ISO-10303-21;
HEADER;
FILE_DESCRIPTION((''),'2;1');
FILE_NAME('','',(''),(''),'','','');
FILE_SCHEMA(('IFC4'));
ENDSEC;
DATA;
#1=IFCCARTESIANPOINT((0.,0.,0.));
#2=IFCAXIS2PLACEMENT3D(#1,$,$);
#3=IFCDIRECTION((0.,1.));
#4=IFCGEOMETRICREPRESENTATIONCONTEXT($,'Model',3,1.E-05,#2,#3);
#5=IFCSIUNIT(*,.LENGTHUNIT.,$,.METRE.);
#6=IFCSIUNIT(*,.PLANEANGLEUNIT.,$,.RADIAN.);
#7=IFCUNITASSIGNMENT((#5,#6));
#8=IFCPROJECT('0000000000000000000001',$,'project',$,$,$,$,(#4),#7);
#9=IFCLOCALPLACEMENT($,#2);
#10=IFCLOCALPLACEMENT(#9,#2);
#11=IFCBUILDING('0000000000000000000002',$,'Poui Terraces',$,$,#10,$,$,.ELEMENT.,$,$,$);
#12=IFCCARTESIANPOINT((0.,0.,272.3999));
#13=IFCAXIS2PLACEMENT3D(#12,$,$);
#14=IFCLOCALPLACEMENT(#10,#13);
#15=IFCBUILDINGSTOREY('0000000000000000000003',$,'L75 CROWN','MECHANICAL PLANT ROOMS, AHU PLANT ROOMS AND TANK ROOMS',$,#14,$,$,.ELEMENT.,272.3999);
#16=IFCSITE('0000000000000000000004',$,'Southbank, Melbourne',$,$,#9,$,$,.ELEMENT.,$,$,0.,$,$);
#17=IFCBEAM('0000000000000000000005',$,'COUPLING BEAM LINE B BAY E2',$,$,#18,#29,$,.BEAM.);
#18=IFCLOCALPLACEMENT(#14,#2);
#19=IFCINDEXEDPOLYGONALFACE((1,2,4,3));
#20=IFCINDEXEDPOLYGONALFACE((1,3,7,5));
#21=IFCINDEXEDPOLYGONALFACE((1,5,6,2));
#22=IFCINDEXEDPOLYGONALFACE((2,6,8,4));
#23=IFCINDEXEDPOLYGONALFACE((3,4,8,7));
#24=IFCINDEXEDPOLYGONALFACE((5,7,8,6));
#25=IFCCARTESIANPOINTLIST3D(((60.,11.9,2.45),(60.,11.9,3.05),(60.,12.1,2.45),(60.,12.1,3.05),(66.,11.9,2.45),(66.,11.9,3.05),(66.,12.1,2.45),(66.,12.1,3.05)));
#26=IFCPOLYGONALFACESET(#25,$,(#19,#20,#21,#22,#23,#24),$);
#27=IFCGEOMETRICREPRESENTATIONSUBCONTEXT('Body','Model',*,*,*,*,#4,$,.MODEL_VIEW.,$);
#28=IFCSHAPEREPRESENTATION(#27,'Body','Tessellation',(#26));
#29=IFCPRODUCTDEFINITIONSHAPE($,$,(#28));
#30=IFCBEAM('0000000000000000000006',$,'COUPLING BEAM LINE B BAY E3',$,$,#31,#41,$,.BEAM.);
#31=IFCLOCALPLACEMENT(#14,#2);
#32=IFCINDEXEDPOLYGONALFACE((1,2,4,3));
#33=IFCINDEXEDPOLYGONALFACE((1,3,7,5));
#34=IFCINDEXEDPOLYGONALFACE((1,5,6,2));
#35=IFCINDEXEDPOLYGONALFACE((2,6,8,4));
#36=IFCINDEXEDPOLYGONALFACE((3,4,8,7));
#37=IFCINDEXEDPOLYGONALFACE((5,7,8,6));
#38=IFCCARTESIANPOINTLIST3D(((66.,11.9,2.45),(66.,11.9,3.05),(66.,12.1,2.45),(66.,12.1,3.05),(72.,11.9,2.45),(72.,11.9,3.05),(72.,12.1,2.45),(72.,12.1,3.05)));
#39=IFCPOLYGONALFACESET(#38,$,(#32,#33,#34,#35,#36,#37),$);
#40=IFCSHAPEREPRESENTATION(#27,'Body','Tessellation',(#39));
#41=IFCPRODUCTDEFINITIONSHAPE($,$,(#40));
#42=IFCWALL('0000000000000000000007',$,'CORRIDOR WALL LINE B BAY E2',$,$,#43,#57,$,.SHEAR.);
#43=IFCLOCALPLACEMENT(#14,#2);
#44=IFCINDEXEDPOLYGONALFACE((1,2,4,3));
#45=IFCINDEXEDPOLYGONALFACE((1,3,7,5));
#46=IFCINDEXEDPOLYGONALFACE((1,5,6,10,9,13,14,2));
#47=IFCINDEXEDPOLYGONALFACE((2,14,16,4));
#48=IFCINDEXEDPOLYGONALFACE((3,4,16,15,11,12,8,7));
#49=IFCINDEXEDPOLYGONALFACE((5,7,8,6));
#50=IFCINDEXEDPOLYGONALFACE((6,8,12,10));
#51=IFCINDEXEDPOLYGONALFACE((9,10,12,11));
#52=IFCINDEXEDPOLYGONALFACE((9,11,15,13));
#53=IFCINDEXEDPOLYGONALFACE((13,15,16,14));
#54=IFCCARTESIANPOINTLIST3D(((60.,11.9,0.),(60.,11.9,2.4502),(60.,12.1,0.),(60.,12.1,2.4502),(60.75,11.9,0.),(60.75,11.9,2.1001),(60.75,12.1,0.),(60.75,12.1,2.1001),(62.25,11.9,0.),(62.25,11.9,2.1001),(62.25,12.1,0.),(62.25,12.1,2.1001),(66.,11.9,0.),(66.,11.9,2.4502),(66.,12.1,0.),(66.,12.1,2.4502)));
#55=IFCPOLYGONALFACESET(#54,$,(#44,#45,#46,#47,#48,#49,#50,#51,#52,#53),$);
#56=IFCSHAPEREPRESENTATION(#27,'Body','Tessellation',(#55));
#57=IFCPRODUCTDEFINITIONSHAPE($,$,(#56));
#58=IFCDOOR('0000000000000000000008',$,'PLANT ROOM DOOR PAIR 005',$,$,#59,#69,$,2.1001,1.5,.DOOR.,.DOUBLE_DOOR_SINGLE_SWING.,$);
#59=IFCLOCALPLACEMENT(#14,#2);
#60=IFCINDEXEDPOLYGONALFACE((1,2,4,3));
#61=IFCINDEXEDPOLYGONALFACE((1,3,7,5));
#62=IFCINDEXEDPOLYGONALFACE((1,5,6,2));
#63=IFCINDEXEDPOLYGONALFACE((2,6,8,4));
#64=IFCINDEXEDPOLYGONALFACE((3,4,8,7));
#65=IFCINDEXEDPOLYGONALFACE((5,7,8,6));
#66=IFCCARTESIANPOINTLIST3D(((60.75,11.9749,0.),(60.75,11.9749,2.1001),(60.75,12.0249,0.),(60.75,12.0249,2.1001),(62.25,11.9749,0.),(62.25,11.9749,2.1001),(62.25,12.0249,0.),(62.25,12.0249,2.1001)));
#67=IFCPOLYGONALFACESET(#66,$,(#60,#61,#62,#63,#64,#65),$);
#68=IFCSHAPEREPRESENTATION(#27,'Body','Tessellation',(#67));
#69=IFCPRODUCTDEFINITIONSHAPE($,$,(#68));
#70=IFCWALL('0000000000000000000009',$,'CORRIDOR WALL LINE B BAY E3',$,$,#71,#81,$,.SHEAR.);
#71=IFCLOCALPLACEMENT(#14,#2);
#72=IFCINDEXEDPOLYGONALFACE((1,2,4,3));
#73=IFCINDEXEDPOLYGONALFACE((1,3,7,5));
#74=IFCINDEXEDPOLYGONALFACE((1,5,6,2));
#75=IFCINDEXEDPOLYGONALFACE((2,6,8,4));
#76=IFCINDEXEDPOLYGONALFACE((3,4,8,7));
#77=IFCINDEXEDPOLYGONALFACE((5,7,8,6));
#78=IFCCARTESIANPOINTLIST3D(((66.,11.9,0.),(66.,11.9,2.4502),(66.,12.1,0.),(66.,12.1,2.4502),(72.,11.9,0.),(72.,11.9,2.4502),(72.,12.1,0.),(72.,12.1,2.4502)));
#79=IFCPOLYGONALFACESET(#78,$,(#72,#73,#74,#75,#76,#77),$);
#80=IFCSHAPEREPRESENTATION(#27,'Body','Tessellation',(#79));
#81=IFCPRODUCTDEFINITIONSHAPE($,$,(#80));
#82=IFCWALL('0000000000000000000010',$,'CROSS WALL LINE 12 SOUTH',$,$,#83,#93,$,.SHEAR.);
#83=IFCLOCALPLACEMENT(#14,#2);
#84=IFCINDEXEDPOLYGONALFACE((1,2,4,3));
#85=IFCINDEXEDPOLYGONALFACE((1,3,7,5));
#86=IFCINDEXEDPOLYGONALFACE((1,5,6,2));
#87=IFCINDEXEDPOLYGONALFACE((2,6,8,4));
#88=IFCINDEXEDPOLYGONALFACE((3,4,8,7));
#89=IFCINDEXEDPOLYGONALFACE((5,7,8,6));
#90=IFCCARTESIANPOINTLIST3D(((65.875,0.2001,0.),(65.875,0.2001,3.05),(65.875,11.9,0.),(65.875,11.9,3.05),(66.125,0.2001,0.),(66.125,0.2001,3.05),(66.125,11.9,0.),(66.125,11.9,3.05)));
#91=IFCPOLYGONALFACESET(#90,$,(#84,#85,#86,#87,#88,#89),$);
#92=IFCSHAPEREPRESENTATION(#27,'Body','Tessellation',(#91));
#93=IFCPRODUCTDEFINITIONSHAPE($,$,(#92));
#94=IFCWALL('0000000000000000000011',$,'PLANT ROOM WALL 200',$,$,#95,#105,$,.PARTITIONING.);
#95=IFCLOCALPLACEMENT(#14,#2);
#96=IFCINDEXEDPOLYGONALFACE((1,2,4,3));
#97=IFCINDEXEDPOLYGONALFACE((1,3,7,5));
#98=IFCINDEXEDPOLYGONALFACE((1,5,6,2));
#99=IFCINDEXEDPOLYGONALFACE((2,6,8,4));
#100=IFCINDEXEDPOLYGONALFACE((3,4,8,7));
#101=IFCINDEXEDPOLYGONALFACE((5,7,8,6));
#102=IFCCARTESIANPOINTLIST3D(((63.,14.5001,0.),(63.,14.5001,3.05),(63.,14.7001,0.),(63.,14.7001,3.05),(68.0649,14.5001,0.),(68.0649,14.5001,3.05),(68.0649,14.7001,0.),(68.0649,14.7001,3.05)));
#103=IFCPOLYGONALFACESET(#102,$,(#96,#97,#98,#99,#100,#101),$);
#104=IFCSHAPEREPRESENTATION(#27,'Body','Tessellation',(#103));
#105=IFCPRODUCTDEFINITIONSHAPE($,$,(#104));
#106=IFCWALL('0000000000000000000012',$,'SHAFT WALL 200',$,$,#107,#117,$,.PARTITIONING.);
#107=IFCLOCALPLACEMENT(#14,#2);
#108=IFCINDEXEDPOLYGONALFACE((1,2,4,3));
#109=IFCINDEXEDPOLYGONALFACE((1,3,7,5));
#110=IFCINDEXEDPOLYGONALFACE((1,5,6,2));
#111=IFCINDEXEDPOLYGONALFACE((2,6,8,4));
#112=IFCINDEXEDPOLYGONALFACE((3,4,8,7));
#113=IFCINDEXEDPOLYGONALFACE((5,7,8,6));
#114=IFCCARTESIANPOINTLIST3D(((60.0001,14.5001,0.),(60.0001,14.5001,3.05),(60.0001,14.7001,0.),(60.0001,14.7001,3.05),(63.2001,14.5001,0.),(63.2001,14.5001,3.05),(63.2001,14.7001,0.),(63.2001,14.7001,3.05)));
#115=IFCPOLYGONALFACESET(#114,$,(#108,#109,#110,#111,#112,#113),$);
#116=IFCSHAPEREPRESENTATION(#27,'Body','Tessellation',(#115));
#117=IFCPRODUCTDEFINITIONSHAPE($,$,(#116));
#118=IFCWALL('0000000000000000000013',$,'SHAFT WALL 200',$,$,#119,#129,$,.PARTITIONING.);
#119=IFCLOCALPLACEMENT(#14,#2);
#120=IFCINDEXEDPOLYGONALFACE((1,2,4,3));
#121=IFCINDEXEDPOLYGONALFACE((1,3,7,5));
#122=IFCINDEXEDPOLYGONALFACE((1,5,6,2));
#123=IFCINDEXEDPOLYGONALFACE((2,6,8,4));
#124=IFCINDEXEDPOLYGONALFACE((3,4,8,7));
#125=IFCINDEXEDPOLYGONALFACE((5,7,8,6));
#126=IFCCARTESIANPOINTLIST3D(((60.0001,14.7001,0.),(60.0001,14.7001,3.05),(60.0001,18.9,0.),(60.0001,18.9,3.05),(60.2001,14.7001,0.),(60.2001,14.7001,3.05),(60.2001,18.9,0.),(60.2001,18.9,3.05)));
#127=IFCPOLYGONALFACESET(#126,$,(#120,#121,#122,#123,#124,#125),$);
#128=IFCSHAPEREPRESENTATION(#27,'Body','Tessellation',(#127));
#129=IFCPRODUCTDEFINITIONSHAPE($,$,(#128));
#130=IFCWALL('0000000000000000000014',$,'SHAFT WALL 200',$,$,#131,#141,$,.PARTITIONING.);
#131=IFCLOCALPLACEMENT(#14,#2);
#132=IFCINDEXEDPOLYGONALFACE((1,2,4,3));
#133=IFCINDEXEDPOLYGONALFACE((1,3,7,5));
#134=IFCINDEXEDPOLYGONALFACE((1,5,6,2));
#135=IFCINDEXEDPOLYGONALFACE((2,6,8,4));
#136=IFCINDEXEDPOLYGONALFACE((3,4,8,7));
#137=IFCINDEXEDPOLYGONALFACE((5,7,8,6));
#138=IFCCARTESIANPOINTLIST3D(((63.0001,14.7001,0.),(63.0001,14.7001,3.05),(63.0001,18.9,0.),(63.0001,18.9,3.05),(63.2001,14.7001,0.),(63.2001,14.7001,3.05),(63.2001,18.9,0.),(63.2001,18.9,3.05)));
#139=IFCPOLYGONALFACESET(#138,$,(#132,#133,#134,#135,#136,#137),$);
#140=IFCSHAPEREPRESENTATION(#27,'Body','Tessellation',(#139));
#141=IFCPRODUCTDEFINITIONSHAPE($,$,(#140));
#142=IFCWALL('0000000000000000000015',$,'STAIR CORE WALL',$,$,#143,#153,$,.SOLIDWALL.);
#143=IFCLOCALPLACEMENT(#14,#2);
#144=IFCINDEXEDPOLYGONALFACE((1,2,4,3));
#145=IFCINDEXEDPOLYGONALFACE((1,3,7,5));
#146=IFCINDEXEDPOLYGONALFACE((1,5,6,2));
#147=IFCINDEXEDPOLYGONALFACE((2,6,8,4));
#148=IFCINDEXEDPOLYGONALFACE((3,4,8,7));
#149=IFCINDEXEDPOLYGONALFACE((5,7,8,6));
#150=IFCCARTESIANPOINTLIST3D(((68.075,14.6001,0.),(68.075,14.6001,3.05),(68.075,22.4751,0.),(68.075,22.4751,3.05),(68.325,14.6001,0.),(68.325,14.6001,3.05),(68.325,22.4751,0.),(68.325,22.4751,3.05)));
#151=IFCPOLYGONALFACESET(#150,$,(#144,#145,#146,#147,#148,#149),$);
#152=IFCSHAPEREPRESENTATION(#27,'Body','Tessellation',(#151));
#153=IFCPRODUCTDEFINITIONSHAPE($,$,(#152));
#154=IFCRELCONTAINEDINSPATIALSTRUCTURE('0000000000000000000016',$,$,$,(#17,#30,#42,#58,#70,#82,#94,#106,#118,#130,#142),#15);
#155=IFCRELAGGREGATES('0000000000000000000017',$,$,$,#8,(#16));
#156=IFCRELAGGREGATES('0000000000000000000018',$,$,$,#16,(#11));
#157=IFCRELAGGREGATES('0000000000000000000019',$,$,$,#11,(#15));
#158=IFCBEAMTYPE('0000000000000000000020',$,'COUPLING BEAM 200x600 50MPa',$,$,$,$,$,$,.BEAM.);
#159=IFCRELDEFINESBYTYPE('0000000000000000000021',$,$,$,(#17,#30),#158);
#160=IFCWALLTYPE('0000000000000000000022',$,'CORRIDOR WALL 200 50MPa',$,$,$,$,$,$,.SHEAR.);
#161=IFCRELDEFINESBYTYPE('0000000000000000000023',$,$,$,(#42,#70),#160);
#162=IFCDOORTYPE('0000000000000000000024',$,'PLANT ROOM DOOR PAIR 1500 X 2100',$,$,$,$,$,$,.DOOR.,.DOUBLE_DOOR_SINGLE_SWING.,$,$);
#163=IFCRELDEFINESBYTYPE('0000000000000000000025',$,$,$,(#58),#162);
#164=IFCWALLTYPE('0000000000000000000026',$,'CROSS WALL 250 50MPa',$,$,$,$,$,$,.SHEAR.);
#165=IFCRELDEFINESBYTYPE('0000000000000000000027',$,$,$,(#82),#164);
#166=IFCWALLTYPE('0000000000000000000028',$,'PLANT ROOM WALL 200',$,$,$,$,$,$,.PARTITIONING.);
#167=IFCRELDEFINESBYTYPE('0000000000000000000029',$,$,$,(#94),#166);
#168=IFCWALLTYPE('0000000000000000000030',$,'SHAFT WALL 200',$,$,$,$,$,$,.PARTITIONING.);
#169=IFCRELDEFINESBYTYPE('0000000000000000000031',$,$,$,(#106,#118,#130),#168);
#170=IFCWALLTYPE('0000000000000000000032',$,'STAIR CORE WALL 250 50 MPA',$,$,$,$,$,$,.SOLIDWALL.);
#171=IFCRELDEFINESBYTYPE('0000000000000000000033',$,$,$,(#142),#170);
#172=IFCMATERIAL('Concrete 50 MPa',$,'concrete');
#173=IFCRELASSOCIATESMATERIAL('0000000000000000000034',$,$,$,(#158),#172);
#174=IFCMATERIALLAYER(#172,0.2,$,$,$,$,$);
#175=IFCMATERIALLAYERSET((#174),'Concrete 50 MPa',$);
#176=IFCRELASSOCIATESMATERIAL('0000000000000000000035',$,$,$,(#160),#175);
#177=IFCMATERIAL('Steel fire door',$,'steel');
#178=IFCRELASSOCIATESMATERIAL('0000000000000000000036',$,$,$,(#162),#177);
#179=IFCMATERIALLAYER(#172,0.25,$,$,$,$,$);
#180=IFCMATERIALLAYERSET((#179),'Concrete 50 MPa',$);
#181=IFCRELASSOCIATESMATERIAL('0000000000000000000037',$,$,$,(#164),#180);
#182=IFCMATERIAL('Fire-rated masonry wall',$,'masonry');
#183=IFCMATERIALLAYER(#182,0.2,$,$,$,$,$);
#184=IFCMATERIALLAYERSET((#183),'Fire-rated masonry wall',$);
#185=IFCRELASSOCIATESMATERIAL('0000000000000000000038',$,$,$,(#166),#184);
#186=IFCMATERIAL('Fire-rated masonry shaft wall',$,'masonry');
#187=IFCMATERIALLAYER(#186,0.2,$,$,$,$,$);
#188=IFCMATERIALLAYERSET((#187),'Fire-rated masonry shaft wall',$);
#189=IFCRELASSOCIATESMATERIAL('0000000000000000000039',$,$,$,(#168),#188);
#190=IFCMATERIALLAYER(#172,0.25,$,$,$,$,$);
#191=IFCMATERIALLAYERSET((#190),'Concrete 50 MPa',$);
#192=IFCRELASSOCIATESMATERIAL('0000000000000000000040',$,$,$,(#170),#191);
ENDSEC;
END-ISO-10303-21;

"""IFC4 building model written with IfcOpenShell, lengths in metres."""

from ifc_helpers import new_model, si_unit, direction, frame, frame_2d, origin, origin_2d, place, context, subcontext, project, spatial, rectangle, extrude, source, transform, mapped, material, layer, layer_set, material_profile, profile_set, type_object, element, fill, save


model = new_model("IFC4")

# Units and contexts
model_context = context("Model", 3, precision=1e-05, world=origin(), true_north=direction((0.0, 1.0)))
body_context = subcontext(model_context, "Body", "Model", "MODEL_VIEW")
ifc_project = project(units=[si_unit("LENGTHUNIT", "METRE"), si_unit("PLANEANGLEUNIT", "RADIAN")], contexts=[model_context])

# Site, building, storey
site_placement = place(None, origin())
site = spatial("IfcSite", under=ifc_project, at=site_placement, Name="Southbank, Melbourne", CompositionType="ELEMENT", RefElevation=0.0)
building_placement = place(site_placement, origin())
building = spatial("IfcBuilding", under=site, at=building_placement, Name="Poui Terraces", CompositionType="ELEMENT")
storey_placement = place(building_placement, frame((0.0, 0.0, 272.3999)))
storey = spatial("IfcBuildingStorey", under=building, at=storey_placement, Name="L75 CROWN", Description="MECHANICAL PLANT ROOMS, AHU PLANT ROOMS AND TANK ROOMS", CompositionType="ELEMENT", Elevation=272.3999)

# Beams
ifc_material_1 = material(Name="Concrete 50 MPa", Category="concrete")
ifc_material_profile_1 = material_profile(ifc_material_1, rectangle(XDim=0.2, YDim=0.6001, at=origin_2d()), Name="RC 200x600")
ifc_profile_set_1 = profile_set([ifc_material_profile_1], Name="Concrete 50 MPa")
beam_type = type_object("IfcBeamType", Name="COUPLING BEAM 200x600 50MPa", PredefinedType="BEAM", material=ifc_profile_set_1)
shared_shape_1 = source(origin(), body_context, "Body", "SweptSolid", [
    extrude(rectangle(XDim=0.2, YDim=0.6001, at=origin_2d()), origin(), (0.0, 0.0, 1.0), 6.0),
])
for number, where, z_axis, x_axis, name in (
    (1, (60.0, 12.0, 2.75), (1.0, 0.0, 0.0), (0.0, 1.0, 0.0), "COUPLING BEAM LINE B BAY E2"),
    (2, (66.0, 12.0, 2.75), (1.0, 0.0, 0.0), (0.0, 1.0, 0.0), "COUPLING BEAM LINE B BAY E3"),
):
    element("IfcBeam", number, at=place(storey_placement, frame(where, z_axis=z_axis, x_axis=x_axis)), inside=storey, type_object=beam_type, Name=name, PredefinedType="BEAM", context=body_context, shape_type="MappedRepresentation", body=[
        mapped(shared_shape_1, transform((0.0, 0.0, 0.0))),
    ])

# Wall, opening, door
ifc_layer_1 = layer(ifc_material_1, 0.2)
ifc_layer_set_1 = layer_set([ifc_layer_1], Name="Concrete 50 MPa")
wall_type_1 = type_object("IfcWallType", Name="CORRIDOR WALL 200 50MPa", PredefinedType="SHEAR", material=ifc_layer_set_1)
wall_1_placement = place(storey_placement, frame((60.0, 12.0, 0.0), z_axis=(0.0, 0.0, 1.0), x_axis=(1.0, 0.0, 0.0)))
wall_1 = element("IfcWall", 3, at=wall_1_placement, inside=storey, type_object=wall_type_1, Name="CORRIDOR WALL LINE B BAY E2", PredefinedType="SHEAR", context=body_context, shape_type="SweptSolid", body=[
    extrude(rectangle(XDim=6.0, YDim=0.2, at=frame_2d((3.0, 0.0))), origin(), (0.0, 0.0, 1.0), 2.4502),
])
opening_1_placement = place(wall_1_placement, frame((0.75, 0.0, 0.0)))
opening_1 = element("IfcOpeningElement", 4, at=opening_1_placement, cuts=wall_1, PredefinedType="OPENING", context=body_context, shape_type="SweptSolid", body=[
    extrude(rectangle(XDim=1.5, YDim=2.1001, at=frame_2d((0.75, 1.05))), frame((0.0, 0.1099, 0.0), z_axis=(0.0, -1.0, 0.0), x_axis=(1.0, 0.0, 0.0)), (0.0, 0.0, 1.0), 0.22),
])
ifc_material_2 = material(Name="Steel fire door", Category="steel")
door_type_1 = type_object("IfcDoorType", Name="PLANT ROOM DOOR PAIR 1500 X 2100", OperationType="DOUBLE_DOOR_SINGLE_SWING", PredefinedType="DOOR", material=ifc_material_2)
door_1_placement = place(opening_1_placement, origin())
door_1 = element("IfcDoor", 5, at=door_1_placement, inside=storey, type_object=door_type_1, Name="PLANT ROOM DOOR PAIR 005", OperationType="DOUBLE_DOOR_SINGLE_SWING", OverallHeight=2.1001, OverallWidth=1.5, PredefinedType="DOOR", context=body_context, shape_type="SweptSolid", body=[
    extrude(rectangle(XDim=1.5, YDim=2.1001, at=frame_2d((0.75, 1.05))), frame((0.0, 0.0249, 0.0), z_axis=(0.0, -1.0, 0.0), x_axis=(1.0, 0.0, 0.0)), (0.0, 0.0, 1.0), 0.05),
])
fill(opening_1, door_1)

# Walls
wall_2_placement = place(storey_placement, frame((66.0, 12.0, 0.0), z_axis=(0.0, 0.0, 1.0), x_axis=(1.0, 0.0, 0.0)))
element("IfcWall", 6, at=wall_2_placement, inside=storey, type_object=wall_type_1, Name="CORRIDOR WALL LINE B BAY E3", PredefinedType="SHEAR", context=body_context, shape_type="SweptSolid", body=[
    extrude(rectangle(XDim=6.0, YDim=0.2, at=frame_2d((3.0, 0.0))), origin(), (0.0, 0.0, 1.0), 2.4502),
])
ifc_layer_2 = layer(ifc_material_1, 0.25)
ifc_layer_set_2 = layer_set([ifc_layer_2], Name="Concrete 50 MPa")
wall_type_2 = type_object("IfcWallType", Name="CROSS WALL 250 50MPa", PredefinedType="SHEAR", material=ifc_layer_set_2)
wall_3_placement = place(storey_placement, frame((66.0, 0.2, 0.0), z_axis=(0.0, 0.0, 1.0), x_axis=(0.0, 1.0, 0.0)))
element("IfcWall", 7, at=wall_3_placement, inside=storey, type_object=wall_type_2, Name="CROSS WALL LINE 12 SOUTH", PredefinedType="SHEAR", context=body_context, shape_type="SweptSolid", body=[
    extrude(rectangle(XDim=11.7, YDim=0.25, at=frame_2d((5.8501, 0.0))), origin(), (0.0, 0.0, 1.0), 3.05),
])
ifc_material_3 = material(Name="Fire-rated masonry wall", Category="masonry")
ifc_layer_3 = layer(ifc_material_3, 0.2)
ifc_layer_set_3 = layer_set([ifc_layer_3], Name="Fire-rated masonry wall")
wall_type_3 = type_object("IfcWallType", Name="PLANT ROOM WALL 200", PredefinedType="PARTITIONING", material=ifc_layer_set_3)
wall_4_placement = place(storey_placement, frame((63.0, 14.6001, 0.0), z_axis=(0.0, 0.0, 1.0), x_axis=(1.0, 0.0, 0.0)))
element("IfcWall", 8, at=wall_4_placement, inside=storey, type_object=wall_type_3, Name="PLANT ROOM WALL 200", PredefinedType="PARTITIONING", context=body_context, shape_type="SweptSolid", body=[
    extrude(rectangle(XDim=5.0649, YDim=0.2, at=frame_2d((2.5325, 0.0))), origin(), (0.0, 0.0, 1.0), 3.05),
])
ifc_material_4 = material(Name="Fire-rated masonry shaft wall", Category="masonry")
ifc_layer_4 = layer(ifc_material_4, 0.2)
ifc_layer_set_4 = layer_set([ifc_layer_4], Name="Fire-rated masonry shaft wall")
wall_type_4 = type_object("IfcWallType", Name="SHAFT WALL 200", PredefinedType="PARTITIONING", material=ifc_layer_set_4)
wall_5_placement = place(storey_placement, frame((60.0, 14.6001, 0.0), z_axis=(0.0, 0.0, 1.0), x_axis=(1.0, 0.0, 0.0)))
element("IfcWall", 9, at=wall_5_placement, inside=storey, type_object=wall_type_4, Name="SHAFT WALL 200", PredefinedType="PARTITIONING", context=body_context, shape_type="SweptSolid", body=[
    extrude(rectangle(XDim=3.2, YDim=0.2, at=frame_2d((1.6001, 0.0))), origin(), (0.0, 0.0, 1.0), 3.05),
])
for number, where, z_axis, x_axis, name in (
    (10, (60.1001, 14.7, 0.0), (0.0, 0.0, 1.0), (0.0, 1.0, 0.0), "SHAFT WALL 200"),
    (11, (63.1001, 14.7, 0.0), (0.0, 0.0, 1.0), (0.0, 1.0, 0.0), "SHAFT WALL 200"),
):
    element("IfcWall", number, at=place(storey_placement, frame(where, z_axis=z_axis, x_axis=x_axis)), inside=storey, type_object=wall_type_4, Name=name, PredefinedType="PARTITIONING", context=body_context, shape_type="SweptSolid", body=[
        extrude(rectangle(XDim=4.2, YDim=0.2, at=frame_2d((2.1001, 0.0))), origin(), (0.0, 0.0, 1.0), 3.05),
    ])
ifc_layer_5 = layer(ifc_material_1, 0.25)
ifc_layer_set_5 = layer_set([ifc_layer_5], Name="Concrete 50 MPa")
wall_type_5 = type_object("IfcWallType", Name="STAIR CORE WALL 250 50 MPA", PredefinedType="SOLIDWALL", material=ifc_layer_set_5)
wall_6_placement = place(storey_placement, frame((68.2, 14.6001, 0.0), z_axis=(0.0, 0.0, 1.0), x_axis=(0.0, 1.0, 0.0)))
element("IfcWall", 12, at=wall_6_placement, inside=storey, type_object=wall_type_5, Name="STAIR CORE WALL", PredefinedType="SOLIDWALL", context=body_context, shape_type="SweptSolid", body=[
    extrude(rectangle(XDim=7.875, YDim=0.25, at=frame_2d((3.9375, 0.0))), origin(), (0.0, 0.0, 1.0), 3.05),
])

save(model, "model.ifc")
